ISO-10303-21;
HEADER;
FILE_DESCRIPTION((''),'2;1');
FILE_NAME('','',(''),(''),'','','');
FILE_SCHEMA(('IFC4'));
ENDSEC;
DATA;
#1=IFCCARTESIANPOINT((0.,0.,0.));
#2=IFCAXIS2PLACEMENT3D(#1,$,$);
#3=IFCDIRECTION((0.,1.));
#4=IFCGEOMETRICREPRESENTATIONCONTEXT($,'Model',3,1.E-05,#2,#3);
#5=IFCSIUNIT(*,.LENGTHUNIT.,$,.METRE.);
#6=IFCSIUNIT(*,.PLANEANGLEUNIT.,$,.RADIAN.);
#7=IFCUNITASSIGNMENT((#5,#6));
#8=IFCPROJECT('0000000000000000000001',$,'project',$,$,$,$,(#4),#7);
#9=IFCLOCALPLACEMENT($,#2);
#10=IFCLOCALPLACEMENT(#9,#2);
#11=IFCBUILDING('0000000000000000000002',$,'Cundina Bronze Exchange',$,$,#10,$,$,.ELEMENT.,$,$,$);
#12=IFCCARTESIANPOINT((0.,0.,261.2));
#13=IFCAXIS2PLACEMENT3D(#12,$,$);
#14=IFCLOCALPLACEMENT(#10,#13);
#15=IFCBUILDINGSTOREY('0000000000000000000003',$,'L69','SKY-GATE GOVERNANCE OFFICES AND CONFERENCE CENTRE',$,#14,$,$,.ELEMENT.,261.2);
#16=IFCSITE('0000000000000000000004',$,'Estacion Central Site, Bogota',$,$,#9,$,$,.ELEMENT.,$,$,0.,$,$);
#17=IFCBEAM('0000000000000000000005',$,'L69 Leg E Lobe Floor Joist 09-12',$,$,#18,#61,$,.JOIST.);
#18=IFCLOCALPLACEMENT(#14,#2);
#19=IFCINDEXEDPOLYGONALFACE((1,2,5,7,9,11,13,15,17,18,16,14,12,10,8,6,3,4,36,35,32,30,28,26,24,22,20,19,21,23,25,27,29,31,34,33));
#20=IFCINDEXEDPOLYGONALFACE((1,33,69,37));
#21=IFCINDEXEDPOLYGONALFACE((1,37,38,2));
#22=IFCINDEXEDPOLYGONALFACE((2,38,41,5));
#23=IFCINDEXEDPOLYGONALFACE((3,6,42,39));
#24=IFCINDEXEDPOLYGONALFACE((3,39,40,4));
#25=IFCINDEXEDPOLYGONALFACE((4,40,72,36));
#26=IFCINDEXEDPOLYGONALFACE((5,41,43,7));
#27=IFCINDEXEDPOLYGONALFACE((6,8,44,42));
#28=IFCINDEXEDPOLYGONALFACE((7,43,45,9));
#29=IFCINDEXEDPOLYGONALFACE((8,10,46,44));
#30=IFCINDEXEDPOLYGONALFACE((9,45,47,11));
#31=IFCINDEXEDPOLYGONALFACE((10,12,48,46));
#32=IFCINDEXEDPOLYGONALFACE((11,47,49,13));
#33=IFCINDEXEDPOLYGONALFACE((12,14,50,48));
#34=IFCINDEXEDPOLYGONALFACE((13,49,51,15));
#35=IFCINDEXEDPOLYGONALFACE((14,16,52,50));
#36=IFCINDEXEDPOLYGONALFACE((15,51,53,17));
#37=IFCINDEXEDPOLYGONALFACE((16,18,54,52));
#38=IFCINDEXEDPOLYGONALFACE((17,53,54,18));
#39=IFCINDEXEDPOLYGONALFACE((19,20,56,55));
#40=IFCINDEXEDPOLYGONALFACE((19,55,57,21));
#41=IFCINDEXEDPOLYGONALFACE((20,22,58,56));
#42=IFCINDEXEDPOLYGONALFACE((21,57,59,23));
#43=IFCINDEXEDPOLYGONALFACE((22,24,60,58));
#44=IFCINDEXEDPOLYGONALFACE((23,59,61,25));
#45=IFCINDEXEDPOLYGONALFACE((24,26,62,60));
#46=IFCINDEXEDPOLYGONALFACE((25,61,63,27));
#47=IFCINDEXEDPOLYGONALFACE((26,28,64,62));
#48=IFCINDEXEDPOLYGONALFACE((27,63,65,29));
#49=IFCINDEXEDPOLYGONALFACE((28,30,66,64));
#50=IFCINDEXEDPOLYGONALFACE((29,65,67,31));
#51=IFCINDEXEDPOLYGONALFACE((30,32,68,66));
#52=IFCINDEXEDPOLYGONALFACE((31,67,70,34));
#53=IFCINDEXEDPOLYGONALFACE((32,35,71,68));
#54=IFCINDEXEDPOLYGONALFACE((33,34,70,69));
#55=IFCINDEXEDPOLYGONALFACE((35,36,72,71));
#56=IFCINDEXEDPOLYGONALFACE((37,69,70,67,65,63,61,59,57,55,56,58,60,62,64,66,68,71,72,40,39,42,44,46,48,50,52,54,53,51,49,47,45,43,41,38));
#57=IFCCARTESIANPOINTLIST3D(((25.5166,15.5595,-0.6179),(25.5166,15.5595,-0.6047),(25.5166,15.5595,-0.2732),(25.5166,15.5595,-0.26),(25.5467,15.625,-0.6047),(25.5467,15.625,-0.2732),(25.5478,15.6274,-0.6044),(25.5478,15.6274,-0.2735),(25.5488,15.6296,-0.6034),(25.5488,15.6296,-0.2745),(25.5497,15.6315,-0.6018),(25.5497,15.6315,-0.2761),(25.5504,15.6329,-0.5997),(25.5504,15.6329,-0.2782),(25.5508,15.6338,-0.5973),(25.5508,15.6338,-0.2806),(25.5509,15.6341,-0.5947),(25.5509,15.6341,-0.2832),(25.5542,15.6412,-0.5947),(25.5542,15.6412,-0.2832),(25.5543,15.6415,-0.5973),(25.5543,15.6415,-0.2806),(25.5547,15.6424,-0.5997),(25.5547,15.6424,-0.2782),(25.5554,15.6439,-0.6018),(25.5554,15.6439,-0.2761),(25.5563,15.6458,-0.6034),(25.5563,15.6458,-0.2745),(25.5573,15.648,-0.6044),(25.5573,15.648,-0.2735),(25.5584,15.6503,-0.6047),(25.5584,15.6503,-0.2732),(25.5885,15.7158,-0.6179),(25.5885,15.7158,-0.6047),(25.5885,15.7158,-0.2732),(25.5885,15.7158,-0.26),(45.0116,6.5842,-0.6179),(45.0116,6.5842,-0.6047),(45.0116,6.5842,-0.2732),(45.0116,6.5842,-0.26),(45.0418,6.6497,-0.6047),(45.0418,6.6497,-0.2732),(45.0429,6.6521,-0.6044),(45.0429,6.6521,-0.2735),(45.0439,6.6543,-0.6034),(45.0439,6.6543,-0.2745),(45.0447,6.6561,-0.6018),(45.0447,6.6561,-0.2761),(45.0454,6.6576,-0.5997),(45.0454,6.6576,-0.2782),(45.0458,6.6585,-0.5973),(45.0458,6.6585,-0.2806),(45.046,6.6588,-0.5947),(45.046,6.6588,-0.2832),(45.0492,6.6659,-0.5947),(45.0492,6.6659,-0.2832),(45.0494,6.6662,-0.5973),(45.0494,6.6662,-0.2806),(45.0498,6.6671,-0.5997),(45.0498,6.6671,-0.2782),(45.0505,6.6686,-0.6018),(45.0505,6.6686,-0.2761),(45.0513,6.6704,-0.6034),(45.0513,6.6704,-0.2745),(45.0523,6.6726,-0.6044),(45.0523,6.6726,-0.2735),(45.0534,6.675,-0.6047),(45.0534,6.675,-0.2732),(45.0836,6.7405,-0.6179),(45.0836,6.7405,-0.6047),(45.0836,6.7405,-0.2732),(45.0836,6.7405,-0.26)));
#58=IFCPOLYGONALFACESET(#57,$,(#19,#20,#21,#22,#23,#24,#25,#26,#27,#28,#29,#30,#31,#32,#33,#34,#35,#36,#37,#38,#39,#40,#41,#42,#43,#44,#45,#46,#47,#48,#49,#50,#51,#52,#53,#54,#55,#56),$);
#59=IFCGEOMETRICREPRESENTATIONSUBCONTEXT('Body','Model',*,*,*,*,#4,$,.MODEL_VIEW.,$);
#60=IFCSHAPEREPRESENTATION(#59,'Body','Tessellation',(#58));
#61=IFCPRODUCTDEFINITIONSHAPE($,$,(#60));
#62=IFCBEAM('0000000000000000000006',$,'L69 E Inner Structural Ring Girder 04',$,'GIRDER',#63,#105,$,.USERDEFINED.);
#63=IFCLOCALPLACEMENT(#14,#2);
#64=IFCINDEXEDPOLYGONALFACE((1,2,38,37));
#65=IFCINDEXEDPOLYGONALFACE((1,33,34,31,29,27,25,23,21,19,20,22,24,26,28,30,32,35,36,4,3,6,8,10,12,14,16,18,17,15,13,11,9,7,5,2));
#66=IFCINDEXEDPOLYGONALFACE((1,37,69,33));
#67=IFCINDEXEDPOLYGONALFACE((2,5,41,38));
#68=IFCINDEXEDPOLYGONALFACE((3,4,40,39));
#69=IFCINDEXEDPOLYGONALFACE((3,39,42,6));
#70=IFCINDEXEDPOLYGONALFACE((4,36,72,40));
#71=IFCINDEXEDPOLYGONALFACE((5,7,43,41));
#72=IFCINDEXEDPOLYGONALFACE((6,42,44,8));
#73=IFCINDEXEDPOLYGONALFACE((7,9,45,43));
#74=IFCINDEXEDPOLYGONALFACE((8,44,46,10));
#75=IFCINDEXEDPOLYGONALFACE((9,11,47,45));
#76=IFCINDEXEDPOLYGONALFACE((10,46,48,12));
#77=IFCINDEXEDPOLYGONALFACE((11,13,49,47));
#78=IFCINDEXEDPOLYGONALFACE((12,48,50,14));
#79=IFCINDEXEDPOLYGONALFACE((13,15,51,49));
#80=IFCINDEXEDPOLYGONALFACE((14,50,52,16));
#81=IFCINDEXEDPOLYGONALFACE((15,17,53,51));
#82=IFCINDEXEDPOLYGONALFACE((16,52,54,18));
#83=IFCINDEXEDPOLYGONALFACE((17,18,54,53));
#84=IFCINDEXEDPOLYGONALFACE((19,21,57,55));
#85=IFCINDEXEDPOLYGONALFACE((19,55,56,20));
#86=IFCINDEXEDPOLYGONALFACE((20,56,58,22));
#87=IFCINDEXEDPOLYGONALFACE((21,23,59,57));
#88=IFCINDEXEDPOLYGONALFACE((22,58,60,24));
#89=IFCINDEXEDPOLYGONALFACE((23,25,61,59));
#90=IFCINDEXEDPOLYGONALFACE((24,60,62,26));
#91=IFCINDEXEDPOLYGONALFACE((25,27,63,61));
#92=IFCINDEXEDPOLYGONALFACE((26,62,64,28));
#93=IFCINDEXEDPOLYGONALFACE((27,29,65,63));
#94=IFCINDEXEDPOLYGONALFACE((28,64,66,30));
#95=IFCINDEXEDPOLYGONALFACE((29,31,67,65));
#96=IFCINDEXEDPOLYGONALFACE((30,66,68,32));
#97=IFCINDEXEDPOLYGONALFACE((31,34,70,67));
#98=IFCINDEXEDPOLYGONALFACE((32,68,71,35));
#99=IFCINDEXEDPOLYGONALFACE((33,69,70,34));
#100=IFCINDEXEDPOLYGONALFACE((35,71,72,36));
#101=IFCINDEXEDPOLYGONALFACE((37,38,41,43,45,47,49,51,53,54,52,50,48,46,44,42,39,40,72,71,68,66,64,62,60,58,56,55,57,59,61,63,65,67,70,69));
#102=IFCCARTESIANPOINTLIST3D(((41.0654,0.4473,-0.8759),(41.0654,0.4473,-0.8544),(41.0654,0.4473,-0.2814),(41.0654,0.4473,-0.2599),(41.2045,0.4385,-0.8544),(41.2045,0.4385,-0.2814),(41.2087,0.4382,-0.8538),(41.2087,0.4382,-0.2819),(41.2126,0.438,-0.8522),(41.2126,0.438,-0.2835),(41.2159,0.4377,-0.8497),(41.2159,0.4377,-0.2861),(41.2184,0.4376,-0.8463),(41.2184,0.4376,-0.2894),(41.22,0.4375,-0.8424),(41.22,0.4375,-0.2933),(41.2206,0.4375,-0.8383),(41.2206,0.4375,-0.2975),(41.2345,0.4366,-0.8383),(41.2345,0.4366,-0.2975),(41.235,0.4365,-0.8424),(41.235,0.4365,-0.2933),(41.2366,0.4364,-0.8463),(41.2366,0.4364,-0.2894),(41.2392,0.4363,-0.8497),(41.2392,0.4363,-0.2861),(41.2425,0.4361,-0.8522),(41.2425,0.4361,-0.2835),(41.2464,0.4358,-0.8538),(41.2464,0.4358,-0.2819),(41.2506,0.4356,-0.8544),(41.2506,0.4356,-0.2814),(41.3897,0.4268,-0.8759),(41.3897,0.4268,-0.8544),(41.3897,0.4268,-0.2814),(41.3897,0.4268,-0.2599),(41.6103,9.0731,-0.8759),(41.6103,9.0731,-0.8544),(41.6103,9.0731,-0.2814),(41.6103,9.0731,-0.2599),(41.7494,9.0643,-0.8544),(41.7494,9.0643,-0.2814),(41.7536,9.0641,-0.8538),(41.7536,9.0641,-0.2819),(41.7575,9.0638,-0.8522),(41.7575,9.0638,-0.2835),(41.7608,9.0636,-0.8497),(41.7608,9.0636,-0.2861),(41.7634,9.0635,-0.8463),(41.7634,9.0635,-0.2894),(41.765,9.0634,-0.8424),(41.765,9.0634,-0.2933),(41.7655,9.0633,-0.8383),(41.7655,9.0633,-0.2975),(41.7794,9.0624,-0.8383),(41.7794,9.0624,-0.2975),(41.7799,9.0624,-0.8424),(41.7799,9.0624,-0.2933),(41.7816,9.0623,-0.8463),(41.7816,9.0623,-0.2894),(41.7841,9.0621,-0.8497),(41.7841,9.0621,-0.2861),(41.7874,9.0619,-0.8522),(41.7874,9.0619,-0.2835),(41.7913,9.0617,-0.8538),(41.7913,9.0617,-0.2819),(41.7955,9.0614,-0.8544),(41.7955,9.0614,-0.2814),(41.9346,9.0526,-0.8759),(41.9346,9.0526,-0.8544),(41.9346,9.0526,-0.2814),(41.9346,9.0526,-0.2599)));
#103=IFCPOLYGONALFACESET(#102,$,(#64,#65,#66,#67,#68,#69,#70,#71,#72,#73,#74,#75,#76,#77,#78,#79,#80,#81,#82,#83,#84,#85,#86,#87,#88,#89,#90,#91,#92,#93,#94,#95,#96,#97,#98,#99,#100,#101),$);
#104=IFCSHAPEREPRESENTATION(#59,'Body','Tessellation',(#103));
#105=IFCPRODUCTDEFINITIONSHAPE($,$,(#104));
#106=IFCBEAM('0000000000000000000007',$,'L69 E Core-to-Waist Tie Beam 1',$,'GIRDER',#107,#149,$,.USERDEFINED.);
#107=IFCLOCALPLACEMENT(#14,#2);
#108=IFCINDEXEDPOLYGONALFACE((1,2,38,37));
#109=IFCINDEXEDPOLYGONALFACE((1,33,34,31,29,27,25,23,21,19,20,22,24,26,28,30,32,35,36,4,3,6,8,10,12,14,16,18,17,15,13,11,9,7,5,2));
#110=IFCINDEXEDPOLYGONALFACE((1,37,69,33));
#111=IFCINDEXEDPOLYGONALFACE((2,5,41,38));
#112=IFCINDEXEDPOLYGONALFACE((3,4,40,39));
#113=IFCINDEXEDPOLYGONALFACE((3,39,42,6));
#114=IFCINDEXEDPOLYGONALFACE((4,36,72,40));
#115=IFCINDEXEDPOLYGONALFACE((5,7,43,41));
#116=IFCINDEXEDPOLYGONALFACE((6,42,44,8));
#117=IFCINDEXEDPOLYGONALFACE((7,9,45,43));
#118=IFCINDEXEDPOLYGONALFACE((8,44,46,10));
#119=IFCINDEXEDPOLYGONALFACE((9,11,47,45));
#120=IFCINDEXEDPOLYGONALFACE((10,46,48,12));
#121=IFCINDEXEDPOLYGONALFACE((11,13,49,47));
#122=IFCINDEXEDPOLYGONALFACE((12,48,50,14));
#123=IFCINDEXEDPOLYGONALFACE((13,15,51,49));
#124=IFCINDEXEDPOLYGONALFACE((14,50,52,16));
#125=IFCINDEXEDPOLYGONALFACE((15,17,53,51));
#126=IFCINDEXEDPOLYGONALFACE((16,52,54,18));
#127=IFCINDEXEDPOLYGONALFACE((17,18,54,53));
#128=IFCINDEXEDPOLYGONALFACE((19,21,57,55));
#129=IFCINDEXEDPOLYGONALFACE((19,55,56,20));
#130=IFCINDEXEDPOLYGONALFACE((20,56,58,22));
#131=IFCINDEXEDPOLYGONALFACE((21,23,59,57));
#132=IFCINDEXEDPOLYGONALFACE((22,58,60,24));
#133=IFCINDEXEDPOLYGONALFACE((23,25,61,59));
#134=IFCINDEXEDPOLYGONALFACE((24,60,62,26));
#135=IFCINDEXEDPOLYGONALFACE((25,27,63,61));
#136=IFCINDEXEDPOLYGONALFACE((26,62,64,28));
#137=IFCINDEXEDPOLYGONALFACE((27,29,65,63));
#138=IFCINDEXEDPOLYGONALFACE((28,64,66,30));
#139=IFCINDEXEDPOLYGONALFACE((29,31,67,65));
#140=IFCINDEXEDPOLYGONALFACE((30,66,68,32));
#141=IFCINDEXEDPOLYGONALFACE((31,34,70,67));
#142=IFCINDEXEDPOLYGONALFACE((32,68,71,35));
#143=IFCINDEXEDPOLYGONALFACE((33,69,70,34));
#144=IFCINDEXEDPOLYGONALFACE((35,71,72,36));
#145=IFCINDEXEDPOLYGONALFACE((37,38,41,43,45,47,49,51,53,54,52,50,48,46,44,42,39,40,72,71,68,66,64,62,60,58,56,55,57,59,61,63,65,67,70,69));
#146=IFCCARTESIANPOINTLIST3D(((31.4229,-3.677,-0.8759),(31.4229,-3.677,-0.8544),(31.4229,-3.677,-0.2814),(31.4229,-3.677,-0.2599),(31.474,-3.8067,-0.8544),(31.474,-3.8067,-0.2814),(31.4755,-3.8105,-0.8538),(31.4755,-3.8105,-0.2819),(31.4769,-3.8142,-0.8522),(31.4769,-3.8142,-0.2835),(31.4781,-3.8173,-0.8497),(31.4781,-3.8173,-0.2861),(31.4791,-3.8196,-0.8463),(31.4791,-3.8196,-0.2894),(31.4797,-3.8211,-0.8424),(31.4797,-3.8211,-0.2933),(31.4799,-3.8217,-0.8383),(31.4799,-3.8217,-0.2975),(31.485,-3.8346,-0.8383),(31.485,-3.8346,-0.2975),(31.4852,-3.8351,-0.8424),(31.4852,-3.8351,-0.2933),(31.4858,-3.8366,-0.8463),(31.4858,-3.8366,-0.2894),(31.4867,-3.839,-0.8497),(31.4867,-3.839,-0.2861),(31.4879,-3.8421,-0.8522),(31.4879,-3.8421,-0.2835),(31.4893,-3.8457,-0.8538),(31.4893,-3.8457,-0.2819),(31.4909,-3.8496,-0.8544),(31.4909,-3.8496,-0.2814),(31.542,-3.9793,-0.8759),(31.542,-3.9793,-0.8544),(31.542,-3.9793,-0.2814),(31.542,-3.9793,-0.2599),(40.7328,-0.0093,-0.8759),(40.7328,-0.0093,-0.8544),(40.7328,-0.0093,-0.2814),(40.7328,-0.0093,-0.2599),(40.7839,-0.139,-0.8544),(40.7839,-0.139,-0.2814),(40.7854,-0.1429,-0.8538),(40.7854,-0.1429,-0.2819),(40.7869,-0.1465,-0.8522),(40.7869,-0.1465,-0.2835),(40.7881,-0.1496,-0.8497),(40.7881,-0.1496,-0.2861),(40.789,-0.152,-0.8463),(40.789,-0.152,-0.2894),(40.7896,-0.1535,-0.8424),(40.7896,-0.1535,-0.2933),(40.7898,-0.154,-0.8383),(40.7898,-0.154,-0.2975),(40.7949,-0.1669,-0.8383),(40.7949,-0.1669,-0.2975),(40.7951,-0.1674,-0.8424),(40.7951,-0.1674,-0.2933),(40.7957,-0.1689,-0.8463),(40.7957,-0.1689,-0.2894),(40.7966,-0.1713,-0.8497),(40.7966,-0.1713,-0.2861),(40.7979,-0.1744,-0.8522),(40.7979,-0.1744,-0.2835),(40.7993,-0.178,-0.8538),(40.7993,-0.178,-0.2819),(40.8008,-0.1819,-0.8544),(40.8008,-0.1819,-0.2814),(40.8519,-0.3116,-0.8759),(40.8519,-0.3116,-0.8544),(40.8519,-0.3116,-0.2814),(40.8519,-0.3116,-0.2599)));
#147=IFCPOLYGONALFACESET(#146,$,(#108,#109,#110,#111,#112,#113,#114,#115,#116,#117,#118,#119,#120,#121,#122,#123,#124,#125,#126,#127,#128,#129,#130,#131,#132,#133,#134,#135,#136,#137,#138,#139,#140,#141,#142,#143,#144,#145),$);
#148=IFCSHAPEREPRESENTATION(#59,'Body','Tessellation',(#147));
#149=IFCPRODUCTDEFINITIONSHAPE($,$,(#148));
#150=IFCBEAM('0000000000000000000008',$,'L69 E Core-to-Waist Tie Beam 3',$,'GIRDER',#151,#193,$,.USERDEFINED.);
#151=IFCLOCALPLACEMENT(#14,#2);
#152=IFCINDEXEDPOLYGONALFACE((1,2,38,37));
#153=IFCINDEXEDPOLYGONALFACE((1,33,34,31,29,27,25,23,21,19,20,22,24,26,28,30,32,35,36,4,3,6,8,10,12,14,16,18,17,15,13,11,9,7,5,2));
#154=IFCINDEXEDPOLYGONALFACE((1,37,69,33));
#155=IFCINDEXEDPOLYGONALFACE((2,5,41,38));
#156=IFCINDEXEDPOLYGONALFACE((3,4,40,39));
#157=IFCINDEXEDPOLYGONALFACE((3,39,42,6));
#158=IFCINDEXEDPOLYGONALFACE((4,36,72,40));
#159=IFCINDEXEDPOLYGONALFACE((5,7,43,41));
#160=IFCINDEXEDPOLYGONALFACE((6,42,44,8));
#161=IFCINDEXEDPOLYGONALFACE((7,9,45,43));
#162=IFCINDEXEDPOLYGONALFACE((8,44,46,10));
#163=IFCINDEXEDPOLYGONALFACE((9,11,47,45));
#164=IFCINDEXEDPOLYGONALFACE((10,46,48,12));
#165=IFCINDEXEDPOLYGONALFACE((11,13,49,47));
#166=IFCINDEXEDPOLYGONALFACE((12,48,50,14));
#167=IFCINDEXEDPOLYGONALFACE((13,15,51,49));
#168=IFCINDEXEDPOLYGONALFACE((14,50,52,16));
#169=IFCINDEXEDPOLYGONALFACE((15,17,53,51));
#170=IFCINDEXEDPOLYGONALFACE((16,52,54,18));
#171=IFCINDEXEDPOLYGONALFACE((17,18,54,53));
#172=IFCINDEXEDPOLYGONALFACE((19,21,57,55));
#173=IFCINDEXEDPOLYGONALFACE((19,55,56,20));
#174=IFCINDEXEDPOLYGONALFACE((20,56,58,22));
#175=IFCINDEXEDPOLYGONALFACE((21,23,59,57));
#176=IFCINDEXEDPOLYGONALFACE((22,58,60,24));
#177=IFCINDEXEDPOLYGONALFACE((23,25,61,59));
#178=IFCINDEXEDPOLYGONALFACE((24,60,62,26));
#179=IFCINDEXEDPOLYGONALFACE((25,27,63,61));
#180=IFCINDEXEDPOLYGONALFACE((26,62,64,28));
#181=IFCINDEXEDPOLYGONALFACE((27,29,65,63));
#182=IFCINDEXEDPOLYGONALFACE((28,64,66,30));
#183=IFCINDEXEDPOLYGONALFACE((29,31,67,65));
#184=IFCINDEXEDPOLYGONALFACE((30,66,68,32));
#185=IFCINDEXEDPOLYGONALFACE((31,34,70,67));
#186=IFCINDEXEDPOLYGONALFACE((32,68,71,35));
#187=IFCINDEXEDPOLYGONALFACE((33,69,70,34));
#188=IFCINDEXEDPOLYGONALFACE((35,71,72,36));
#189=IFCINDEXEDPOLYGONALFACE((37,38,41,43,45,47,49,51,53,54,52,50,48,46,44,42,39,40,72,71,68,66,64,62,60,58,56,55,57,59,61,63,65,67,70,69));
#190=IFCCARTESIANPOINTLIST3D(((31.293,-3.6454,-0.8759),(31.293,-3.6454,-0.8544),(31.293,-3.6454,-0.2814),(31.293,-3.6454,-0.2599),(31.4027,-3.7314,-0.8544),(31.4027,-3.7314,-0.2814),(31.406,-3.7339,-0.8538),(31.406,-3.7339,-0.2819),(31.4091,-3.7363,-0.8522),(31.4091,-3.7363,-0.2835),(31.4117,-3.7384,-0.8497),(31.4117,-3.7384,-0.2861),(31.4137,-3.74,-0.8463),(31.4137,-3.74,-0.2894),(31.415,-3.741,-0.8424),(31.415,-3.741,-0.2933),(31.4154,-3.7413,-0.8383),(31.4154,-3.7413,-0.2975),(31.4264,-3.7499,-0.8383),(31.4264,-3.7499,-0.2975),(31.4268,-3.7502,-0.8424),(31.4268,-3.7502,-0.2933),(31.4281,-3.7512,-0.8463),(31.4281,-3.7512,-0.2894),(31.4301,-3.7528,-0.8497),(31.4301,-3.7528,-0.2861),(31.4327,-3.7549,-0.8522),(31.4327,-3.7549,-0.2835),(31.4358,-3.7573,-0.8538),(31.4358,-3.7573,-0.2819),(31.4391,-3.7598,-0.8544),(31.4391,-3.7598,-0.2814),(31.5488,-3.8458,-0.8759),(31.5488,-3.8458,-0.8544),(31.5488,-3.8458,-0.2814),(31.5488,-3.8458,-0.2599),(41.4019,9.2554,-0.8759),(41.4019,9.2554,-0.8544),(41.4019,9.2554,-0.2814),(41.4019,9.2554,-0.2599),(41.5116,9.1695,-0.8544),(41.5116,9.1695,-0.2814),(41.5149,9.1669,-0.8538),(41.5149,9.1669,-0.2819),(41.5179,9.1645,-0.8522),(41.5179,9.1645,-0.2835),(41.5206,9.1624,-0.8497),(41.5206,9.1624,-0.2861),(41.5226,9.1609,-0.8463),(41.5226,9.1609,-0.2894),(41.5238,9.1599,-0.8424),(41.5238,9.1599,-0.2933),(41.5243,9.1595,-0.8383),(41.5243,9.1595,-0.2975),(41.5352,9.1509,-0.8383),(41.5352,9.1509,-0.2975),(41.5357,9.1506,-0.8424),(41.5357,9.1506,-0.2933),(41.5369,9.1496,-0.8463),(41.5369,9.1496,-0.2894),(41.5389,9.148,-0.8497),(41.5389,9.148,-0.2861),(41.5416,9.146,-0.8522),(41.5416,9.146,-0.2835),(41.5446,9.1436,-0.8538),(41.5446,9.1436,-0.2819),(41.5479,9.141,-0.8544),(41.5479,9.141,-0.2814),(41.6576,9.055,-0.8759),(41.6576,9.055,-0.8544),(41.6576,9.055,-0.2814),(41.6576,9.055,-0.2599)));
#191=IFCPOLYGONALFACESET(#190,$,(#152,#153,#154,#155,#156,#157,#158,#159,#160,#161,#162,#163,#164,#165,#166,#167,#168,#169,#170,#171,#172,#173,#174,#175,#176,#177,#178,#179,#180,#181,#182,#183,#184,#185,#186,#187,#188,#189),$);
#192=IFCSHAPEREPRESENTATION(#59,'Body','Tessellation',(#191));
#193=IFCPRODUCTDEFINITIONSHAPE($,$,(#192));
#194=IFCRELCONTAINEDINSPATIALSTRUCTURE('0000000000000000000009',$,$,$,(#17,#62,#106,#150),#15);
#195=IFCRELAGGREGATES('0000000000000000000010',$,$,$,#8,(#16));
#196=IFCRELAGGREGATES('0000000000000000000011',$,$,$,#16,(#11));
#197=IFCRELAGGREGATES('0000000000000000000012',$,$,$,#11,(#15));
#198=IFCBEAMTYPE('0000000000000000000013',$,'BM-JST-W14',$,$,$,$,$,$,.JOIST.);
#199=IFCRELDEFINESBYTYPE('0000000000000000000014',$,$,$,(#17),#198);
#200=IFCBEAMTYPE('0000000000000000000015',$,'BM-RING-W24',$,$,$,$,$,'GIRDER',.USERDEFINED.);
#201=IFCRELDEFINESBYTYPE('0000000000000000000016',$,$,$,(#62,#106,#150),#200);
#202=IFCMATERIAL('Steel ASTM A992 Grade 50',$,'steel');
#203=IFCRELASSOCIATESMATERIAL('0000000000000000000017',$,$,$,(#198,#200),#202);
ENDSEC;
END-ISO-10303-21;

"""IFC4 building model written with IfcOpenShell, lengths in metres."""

from ifc_helpers import new_model, si_unit, direction, frame, origin, origin_2d, place, context, subcontext, project, spatial, i_section, extrude, material, material_profile, profile_set, type_object, element, save


model = new_model("IFC4")

# Units and contexts
model_context = context("Model", 3, precision=1e-05, world=origin(), true_north=direction((0.0, 1.0)))
body_context = subcontext(model_context, "Body", "Model", "MODEL_VIEW")
ifc_project = project(units=[si_unit("LENGTHUNIT", "METRE"), si_unit("PLANEANGLEUNIT", "RADIAN")], contexts=[model_context])

# Site, building, storey
site_placement = place(None, origin())
site = spatial("IfcSite", under=ifc_project, at=site_placement, Name="Estacion Central Site, Bogota", CompositionType="ELEMENT", RefElevation=0.0)
building_placement = place(site_placement, origin())
building = spatial("IfcBuilding", under=site, at=building_placement, Name="Cundina Bronze Exchange", CompositionType="ELEMENT")
storey_placement = place(building_placement, frame((0.0, 0.0, 261.2)))
storey = spatial("IfcBuildingStorey", under=building, at=storey_placement, Name="L69", Description="SKY-GATE GOVERNANCE OFFICES AND CONFERENCE CENTRE", CompositionType="ELEMENT", Elevation=261.2)

# Shared definitions
ifc_material_1 = material(Name="Steel ASTM A992 Grade 50", Category="steel")

# Beams
ifc_material_profile_1 = material_profile(ifc_material_1, i_section(OverallWidth=0.1721, OverallDepth=0.3579, WebThickness=0.0078, FlangeThickness=0.0132, FilletRadius=0.01, at=origin_2d()), Name="W14X38", Category="steel")
ifc_profile_set_1 = profile_set([ifc_material_profile_1], Name="Steel ASTM A992 Grade 50")
beam_type_1 = type_object("IfcBeamType", Name="BM-JST-W14", PredefinedType="JOIST", material=ifc_profile_set_1)
beam_1_placement = place(storey_placement, frame((45.0476, 6.6624, -0.439), z_axis=(-0.908356, 0.418197, 0.0), x_axis=(-0.418197, -0.908356, 0.0)))
element("IfcBeam", 1, at=beam_1_placement, inside=storey, type_object=beam_type_1, Name="L69 Leg E Lobe Floor Joist 09-12", PredefinedType="JOIST", context=body_context, shape_type="SweptSolid", body=[
    extrude(i_section(OverallWidth=0.1721, OverallDepth=0.3579, WebThickness=0.0078, FlangeThickness=0.0132, FilletRadius=0.01, at=origin_2d()), origin(), (0.0, 0.0, 1.0), 21.4619),
])
ifc_material_profile_2 = material_profile(ifc_material_1, i_section(OverallWidth=0.325, OverallDepth=0.616, WebThickness=0.0139, FlangeThickness=0.0215, FilletRadius=0.0161, at=origin_2d()), Name="W24X117", Category="steel")
ifc_profile_set_2 = profile_set([ifc_material_profile_2], Name="Steel ASTM A992 Grade 50")
beam_type_2 = type_object("IfcBeamType", Name="BM-RING-W24", ElementType="GIRDER", PredefinedType="USERDEFINED", material=ifc_profile_set_2)
beam_2_placement = place(storey_placement, frame((41.2275, 0.437, -0.5679), z_axis=(0.063047, 0.998011, 0.0), x_axis=(-0.998011, 0.063047, 0.0)))
element("IfcBeam", 2, at=beam_2_placement, inside=storey, type_object=beam_type_2, Name="L69 E Inner Structural Ring Girder 04", ObjectType="GIRDER", PredefinedType="USERDEFINED", context=body_context, shape_type="SweptSolid", body=[
    extrude(i_section(OverallWidth=0.325, OverallDepth=0.616, WebThickness=0.0139, FlangeThickness=0.0215, FilletRadius=0.0161, at=origin_2d()), origin(), (0.0, 0.0, 1.0), 8.6431),
])
beam_3_placement = place(storey_placement, frame((31.4824, -3.8281, -0.5679), z_axis=(0.930404, 0.366535, 0.0), x_axis=(-0.366535, 0.930404, 0.0)))
element("IfcBeam", 3, at=beam_3_placement, inside=storey, type_object=beam_type_2, Name="L69 E Core-to-Waist Tie Beam 1", ObjectType="GIRDER", PredefinedType="USERDEFINED", context=body_context, shape_type="SweptSolid", body=[
    extrude(i_section(OverallWidth=0.325, OverallDepth=0.616, WebThickness=0.0139, FlangeThickness=0.0215, FilletRadius=0.0161, at=origin_2d()), origin(), (0.0, 0.0, 1.0), 10.0063),
])
beam_4_placement = place(storey_placement, frame((31.4209, -3.7456, -0.5679), z_axis=(0.616783, 0.787133, 0.0), x_axis=(-0.787133, 0.616783, 0.0)))
element("IfcBeam", 4, at=beam_4_placement, inside=storey, type_object=beam_type_2, Name="L69 E Core-to-Waist Tie Beam 3", ObjectType="GIRDER", PredefinedType="USERDEFINED", context=body_context, shape_type="SweptSolid", body=[
    extrude(i_section(OverallWidth=0.325, OverallDepth=0.616, WebThickness=0.0139, FlangeThickness=0.0215, FilletRadius=0.0161, at=origin_2d()), origin(), (0.0, 0.0, 1.0), 16.3896),
])

save(model, "model.ifc")
